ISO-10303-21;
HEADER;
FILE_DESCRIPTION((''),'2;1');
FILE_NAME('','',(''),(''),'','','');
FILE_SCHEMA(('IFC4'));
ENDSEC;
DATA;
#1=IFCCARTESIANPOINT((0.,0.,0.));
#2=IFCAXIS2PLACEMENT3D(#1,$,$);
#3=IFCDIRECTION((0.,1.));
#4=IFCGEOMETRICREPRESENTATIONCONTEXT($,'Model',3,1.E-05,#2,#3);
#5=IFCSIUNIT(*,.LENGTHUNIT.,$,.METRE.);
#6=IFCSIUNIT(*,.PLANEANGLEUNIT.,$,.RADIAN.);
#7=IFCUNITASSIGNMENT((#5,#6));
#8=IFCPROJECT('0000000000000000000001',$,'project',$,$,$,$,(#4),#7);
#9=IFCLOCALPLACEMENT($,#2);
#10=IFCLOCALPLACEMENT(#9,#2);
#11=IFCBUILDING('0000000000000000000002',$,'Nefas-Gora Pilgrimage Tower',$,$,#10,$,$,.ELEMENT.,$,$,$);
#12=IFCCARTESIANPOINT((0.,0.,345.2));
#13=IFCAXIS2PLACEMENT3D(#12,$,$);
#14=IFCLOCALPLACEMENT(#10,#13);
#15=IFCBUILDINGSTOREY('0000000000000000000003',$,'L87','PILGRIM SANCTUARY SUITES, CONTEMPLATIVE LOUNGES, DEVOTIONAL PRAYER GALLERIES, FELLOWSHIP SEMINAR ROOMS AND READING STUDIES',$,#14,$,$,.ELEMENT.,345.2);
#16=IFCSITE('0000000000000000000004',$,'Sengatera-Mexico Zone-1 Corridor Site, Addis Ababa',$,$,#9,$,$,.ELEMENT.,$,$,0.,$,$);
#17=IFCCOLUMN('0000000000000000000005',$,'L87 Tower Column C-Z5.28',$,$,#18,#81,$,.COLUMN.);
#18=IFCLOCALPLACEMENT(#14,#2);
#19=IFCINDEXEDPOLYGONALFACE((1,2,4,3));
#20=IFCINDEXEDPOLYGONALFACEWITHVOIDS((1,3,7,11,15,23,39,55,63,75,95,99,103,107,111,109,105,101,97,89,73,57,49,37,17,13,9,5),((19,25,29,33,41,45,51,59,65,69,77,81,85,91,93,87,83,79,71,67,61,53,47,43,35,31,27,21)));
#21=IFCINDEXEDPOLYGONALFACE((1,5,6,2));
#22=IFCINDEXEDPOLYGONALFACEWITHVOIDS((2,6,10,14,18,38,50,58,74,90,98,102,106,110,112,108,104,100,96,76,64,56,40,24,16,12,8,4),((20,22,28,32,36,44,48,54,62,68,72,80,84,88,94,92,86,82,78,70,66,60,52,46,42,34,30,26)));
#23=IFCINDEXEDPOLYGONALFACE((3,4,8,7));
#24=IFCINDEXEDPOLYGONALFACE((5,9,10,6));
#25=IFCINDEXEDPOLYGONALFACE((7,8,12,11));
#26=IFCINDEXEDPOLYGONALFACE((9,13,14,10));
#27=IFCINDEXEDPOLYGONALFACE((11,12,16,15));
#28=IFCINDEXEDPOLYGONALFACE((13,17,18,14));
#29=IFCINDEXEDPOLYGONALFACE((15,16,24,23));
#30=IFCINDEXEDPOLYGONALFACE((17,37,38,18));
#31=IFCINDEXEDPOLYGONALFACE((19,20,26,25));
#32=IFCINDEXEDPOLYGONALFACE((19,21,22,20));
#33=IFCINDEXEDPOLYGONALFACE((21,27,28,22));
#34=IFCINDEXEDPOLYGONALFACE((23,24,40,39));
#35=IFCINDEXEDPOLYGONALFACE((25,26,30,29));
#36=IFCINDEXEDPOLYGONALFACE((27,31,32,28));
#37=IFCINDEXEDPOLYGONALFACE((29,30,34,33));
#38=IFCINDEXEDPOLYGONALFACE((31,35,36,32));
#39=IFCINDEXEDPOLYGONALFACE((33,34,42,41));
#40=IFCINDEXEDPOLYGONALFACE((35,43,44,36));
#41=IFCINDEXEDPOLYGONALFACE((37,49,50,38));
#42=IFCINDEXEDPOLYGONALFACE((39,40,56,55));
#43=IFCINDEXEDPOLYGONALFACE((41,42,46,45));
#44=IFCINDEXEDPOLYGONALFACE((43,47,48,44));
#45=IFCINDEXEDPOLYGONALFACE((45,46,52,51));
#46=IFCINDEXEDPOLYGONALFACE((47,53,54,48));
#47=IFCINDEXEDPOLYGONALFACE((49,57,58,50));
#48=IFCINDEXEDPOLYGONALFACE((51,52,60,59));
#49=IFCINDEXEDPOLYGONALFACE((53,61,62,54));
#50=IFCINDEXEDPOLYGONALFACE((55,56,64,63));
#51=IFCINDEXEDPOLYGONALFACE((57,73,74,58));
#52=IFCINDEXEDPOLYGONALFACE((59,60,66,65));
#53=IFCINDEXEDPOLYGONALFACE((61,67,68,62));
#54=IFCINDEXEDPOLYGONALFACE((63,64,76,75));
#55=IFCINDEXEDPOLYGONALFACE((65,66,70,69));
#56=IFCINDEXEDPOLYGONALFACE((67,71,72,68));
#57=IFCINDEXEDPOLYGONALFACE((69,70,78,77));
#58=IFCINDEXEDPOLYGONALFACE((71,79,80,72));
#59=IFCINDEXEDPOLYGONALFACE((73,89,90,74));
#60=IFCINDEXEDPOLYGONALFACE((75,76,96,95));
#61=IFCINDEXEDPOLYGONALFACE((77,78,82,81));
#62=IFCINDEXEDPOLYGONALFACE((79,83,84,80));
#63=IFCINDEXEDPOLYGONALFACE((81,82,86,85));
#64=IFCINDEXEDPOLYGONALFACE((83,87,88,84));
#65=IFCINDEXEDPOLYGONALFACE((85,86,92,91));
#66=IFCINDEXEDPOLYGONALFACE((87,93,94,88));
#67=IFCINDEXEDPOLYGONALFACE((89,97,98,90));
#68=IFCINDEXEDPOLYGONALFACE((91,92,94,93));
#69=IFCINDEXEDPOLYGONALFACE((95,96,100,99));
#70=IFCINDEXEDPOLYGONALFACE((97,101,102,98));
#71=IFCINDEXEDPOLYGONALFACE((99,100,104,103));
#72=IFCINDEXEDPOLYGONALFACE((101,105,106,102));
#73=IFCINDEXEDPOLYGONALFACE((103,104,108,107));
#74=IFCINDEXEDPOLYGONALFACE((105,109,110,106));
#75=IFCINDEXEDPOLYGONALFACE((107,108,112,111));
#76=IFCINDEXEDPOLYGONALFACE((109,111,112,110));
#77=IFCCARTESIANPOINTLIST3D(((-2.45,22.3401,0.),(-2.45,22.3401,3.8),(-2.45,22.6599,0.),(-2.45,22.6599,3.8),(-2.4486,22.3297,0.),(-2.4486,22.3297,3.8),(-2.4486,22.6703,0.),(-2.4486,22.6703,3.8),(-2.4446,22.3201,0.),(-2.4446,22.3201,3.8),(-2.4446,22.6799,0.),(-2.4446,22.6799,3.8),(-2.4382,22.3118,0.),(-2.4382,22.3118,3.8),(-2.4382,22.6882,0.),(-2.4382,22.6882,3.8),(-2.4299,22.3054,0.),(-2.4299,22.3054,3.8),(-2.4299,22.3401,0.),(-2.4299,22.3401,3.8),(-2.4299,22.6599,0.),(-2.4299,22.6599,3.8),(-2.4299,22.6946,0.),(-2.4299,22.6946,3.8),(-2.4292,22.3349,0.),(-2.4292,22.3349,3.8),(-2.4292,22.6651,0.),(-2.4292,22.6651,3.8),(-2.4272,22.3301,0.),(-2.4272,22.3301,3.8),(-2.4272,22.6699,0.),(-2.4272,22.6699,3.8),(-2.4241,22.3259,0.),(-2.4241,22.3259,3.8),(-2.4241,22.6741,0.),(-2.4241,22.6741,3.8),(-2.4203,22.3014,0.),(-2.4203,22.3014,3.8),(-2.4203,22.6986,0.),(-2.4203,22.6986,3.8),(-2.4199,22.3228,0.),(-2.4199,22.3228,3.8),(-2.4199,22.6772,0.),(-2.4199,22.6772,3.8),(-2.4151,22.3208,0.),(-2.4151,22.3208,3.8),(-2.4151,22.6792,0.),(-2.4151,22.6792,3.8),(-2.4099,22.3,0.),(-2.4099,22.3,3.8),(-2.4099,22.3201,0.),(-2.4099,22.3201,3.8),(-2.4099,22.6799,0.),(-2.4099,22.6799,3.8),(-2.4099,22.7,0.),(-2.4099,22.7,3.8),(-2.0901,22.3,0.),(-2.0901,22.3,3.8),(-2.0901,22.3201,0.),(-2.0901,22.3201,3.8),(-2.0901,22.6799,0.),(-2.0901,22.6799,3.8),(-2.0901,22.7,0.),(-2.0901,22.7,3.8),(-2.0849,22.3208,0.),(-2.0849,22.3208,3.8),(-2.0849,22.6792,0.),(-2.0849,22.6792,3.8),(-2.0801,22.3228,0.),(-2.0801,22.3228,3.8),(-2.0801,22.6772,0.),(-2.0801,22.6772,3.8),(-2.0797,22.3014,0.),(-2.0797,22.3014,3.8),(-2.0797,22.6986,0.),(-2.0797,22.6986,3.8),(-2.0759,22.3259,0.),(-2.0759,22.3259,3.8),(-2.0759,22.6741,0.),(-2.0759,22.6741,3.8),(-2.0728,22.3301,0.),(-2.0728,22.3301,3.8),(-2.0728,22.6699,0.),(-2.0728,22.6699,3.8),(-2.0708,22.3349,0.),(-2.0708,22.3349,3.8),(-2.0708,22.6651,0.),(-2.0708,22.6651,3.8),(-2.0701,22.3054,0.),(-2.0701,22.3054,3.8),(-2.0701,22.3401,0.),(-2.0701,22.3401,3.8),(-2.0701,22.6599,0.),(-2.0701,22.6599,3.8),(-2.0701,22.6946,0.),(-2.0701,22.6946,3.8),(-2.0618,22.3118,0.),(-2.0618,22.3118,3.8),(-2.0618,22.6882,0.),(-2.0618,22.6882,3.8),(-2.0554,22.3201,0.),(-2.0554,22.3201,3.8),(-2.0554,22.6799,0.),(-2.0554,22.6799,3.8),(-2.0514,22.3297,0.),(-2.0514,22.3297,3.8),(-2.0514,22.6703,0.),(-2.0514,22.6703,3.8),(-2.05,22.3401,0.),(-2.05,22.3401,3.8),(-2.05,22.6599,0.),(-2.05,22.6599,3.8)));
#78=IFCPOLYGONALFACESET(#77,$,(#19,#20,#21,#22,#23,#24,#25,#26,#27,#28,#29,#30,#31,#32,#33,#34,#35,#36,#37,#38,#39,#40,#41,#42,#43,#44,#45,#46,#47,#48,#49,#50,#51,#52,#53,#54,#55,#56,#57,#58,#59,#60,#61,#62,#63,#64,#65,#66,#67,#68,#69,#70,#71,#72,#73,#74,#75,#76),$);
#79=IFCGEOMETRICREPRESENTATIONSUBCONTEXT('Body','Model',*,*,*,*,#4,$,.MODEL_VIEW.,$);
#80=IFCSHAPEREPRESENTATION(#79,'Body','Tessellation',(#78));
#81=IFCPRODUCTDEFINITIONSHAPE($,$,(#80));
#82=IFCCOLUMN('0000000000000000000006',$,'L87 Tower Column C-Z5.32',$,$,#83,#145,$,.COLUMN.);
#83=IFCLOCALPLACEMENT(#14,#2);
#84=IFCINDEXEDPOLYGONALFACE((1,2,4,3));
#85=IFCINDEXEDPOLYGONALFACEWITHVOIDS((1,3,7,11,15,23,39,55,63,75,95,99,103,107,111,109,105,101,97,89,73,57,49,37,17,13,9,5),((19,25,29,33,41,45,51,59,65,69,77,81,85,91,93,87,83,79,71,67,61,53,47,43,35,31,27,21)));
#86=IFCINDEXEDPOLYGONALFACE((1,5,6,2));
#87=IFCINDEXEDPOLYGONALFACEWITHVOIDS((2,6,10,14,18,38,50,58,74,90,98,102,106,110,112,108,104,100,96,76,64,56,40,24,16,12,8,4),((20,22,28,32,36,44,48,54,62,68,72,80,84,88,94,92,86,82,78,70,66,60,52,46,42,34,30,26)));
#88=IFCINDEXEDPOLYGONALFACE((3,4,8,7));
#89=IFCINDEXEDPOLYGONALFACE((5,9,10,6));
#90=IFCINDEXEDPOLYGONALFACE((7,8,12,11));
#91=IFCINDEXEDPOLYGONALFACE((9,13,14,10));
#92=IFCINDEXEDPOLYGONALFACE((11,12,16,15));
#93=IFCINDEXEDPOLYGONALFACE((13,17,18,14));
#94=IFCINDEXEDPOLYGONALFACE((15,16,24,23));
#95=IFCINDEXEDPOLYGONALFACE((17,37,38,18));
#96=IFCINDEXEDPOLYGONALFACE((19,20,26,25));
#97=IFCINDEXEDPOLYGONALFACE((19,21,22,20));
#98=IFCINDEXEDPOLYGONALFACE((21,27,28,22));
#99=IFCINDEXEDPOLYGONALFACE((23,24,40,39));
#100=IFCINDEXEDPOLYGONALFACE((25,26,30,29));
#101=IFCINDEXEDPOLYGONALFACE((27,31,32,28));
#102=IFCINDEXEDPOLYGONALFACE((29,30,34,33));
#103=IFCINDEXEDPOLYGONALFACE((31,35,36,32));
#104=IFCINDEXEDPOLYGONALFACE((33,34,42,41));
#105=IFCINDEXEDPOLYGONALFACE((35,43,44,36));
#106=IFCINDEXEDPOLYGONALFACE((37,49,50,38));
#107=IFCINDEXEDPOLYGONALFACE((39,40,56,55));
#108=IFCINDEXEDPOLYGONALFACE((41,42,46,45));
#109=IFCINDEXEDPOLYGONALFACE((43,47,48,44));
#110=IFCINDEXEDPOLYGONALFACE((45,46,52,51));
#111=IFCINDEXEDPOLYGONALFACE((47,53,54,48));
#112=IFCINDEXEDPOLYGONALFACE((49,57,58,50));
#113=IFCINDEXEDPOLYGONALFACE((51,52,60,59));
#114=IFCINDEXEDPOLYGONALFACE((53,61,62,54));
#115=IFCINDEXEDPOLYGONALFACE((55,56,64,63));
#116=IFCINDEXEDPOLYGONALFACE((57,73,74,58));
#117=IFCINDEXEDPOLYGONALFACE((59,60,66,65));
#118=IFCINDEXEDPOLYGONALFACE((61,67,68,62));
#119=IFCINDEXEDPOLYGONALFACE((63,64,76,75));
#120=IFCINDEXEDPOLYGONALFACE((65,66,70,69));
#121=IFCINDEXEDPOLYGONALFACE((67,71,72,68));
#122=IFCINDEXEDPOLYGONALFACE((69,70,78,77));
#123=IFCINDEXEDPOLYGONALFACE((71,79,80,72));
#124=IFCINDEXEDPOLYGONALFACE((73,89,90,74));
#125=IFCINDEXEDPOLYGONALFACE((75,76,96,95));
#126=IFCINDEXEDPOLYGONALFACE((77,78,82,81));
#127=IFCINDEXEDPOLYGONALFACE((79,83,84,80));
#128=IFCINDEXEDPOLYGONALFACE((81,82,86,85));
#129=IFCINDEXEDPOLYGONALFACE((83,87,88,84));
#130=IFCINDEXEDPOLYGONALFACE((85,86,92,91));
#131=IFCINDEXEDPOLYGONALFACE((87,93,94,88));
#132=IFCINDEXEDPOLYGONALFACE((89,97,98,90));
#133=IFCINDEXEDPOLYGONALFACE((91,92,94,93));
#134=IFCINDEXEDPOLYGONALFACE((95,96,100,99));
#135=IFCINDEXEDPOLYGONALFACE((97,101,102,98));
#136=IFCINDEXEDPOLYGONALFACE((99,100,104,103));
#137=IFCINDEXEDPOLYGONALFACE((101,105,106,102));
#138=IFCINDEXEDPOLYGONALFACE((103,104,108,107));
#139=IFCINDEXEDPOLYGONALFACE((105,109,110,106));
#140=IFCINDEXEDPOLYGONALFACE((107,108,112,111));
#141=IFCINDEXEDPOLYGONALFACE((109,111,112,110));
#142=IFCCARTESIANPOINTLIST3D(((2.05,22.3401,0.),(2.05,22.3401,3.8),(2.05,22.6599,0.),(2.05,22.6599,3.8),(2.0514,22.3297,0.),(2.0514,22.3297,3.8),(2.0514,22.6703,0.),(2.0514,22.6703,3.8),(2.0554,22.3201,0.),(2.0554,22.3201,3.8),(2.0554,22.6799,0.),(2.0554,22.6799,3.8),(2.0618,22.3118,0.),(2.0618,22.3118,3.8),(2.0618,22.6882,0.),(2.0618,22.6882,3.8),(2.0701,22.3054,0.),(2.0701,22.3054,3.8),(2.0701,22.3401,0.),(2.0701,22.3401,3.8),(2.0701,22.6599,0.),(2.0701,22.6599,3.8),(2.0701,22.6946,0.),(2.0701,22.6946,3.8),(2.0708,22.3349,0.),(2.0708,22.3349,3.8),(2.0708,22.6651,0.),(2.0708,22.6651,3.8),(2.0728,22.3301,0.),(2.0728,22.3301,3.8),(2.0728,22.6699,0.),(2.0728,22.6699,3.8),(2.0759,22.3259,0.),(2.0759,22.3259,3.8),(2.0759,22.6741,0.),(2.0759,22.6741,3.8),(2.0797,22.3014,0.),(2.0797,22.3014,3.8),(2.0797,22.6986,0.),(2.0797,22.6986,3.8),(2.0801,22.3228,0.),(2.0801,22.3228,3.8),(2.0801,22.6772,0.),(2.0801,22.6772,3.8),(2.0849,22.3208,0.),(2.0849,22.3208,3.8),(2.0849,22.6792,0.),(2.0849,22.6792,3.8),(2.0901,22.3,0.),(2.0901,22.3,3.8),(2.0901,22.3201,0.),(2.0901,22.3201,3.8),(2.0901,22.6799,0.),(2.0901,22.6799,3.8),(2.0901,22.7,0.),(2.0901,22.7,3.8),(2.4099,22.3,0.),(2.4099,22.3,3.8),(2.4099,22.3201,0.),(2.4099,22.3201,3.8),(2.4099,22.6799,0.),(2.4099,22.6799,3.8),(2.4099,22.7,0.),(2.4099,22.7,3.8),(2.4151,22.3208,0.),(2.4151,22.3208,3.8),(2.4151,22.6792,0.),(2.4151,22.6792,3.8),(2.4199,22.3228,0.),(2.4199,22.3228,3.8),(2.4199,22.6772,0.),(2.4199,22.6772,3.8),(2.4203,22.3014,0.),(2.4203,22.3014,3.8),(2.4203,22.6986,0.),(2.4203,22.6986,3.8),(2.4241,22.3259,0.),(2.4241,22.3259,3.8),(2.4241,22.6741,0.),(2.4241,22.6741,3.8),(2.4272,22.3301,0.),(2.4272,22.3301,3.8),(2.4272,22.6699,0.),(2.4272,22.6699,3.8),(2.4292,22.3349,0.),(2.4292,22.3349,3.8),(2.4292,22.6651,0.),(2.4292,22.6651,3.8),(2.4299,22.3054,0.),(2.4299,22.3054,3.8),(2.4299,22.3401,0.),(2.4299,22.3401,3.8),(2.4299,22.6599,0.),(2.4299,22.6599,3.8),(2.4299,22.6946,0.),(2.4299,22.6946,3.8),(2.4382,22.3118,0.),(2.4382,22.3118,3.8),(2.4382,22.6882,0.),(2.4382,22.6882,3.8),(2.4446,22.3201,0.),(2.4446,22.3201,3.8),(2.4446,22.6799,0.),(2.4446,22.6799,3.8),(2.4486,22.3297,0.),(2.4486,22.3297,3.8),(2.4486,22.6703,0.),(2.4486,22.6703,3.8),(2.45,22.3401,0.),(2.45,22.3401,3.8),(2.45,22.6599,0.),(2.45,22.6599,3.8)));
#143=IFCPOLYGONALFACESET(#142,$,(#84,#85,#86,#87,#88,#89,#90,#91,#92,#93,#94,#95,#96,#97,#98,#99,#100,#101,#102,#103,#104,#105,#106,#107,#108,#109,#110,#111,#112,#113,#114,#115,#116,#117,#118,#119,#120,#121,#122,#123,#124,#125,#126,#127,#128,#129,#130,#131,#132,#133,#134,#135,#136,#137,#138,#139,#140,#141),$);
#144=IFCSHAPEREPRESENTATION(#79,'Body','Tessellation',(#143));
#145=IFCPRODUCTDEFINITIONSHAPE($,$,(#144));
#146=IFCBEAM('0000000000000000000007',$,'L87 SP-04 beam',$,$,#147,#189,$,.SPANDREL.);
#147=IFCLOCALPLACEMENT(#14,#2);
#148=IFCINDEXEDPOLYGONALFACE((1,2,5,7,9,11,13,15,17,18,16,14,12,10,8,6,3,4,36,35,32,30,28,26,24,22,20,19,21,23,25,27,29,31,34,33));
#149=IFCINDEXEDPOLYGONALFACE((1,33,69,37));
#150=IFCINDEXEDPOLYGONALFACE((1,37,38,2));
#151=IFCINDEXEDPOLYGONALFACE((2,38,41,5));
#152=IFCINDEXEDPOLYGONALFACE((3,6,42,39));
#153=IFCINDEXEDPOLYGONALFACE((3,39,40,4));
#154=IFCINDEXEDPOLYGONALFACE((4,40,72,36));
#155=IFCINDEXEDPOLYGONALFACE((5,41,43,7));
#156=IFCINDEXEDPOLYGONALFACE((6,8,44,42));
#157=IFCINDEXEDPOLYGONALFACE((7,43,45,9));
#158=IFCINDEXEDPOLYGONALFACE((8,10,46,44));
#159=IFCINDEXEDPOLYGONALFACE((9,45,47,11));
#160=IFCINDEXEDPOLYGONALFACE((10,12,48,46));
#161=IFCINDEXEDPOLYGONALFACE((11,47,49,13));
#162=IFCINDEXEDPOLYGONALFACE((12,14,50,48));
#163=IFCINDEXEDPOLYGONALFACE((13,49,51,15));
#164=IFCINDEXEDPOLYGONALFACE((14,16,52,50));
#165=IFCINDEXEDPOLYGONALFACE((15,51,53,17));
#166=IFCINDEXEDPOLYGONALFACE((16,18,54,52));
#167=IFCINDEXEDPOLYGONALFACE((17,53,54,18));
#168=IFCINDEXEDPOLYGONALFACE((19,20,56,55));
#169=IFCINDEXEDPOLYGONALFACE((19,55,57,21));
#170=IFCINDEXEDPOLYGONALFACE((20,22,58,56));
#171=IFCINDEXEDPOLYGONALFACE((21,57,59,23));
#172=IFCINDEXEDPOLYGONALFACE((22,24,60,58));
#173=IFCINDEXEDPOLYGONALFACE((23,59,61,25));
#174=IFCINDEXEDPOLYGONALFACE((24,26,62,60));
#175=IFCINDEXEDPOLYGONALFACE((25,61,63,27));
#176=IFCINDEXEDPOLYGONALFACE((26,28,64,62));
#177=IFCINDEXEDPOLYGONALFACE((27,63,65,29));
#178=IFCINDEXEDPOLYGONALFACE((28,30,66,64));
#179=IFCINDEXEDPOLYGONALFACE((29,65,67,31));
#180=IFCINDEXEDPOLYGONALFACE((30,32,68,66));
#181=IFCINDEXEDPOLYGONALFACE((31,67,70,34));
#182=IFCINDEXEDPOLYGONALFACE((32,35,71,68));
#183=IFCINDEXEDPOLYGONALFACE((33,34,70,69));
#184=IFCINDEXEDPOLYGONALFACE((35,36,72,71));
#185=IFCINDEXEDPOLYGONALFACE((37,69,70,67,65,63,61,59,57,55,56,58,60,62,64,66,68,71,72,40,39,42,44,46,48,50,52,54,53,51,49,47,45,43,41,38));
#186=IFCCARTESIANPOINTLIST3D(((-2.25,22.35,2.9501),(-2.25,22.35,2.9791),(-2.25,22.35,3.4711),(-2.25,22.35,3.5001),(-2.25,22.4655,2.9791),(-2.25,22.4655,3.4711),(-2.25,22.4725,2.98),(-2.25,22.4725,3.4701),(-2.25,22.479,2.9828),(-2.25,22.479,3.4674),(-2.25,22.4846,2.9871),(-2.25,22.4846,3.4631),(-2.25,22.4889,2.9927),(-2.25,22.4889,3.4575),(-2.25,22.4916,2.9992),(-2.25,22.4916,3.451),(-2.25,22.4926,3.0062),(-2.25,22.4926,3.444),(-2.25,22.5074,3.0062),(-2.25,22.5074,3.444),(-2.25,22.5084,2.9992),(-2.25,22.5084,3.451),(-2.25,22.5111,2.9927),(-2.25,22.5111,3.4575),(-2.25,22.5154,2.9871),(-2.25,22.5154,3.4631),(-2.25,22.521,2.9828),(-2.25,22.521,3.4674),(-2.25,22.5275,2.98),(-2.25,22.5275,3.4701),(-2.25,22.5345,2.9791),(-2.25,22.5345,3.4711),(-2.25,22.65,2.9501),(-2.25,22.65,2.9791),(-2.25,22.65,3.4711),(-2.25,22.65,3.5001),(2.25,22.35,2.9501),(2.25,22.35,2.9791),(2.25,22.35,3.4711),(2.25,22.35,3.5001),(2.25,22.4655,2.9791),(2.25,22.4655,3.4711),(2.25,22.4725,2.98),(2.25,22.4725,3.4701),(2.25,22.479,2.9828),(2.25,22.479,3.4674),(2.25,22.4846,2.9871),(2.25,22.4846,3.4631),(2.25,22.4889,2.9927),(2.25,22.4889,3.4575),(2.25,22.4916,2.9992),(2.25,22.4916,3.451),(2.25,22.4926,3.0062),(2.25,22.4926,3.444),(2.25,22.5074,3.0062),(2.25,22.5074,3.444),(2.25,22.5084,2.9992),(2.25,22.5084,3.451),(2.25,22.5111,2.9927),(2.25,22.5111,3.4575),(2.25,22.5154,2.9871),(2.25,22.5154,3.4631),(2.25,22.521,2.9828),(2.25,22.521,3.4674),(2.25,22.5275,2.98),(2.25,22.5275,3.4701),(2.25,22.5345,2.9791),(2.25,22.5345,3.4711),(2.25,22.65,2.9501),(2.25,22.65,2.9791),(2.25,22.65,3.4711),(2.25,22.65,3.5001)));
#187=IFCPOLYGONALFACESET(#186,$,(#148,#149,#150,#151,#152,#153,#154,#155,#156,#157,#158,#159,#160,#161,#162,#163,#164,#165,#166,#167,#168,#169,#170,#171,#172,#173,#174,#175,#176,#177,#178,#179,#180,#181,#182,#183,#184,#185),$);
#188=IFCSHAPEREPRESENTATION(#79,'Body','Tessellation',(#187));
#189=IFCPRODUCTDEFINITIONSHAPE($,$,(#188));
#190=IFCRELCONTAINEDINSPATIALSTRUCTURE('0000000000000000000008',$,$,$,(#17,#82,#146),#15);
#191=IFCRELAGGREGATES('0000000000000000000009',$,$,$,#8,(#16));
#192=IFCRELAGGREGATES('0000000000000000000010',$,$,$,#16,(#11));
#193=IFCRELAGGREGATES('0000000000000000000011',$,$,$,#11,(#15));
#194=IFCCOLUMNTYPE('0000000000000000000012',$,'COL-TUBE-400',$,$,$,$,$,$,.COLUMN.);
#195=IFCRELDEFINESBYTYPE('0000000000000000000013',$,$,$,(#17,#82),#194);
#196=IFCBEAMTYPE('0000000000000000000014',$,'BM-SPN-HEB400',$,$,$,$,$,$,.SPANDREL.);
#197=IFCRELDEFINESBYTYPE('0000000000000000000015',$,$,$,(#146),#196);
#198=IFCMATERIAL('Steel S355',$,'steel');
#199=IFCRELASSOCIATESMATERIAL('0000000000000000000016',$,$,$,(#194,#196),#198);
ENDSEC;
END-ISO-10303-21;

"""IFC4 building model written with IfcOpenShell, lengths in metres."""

from ifc_helpers import new_model, si_unit, direction, frame, origin, origin_2d, place, context, subcontext, project, spatial, hollow_rectangle, i_section, extrude, source, transform, mapped, material, material_profile, profile_set, type_object, element, save


model = new_model("IFC4")

# Units and contexts
model_context = context("Model", 3, precision=1e-05, world=origin(), true_north=direction((0.0, 1.0)))
body_context = subcontext(model_context, "Body", "Model", "MODEL_VIEW")
ifc_project = project(units=[si_unit("LENGTHUNIT", "METRE"), si_unit("PLANEANGLEUNIT", "RADIAN")], contexts=[model_context])

# Site, building, storey
site_placement = place(None, origin())
site = spatial("IfcSite", under=ifc_project, at=site_placement, Name="Sengatera-Mexico Zone-1 Corridor Site, Addis Ababa", CompositionType="ELEMENT", RefElevation=0.0)
building_placement = place(site_placement, origin())
building = spatial("IfcBuilding", under=site, at=building_placement, Name="Nefas-Gora Pilgrimage Tower", CompositionType="ELEMENT")
storey_placement = place(building_placement, frame((0.0, 0.0, 345.2)))
storey = spatial("IfcBuildingStorey", under=building, at=storey_placement, Name="L87", Description="PILGRIM SANCTUARY SUITES, CONTEMPLATIVE LOUNGES, DEVOTIONAL PRAYER GALLERIES, FELLOWSHIP SEMINAR ROOMS AND READING STUDIES", CompositionType="ELEMENT", Elevation=345.2)

# Columns
ifc_material_1 = material(Name="Steel S355", Category="steel")
ifc_material_profile_1 = material_profile(ifc_material_1, hollow_rectangle(XDim=0.3999, YDim=0.3999, WallThickness=0.02, InnerFilletRadius=0.02, OuterFilletRadius=0.04, at=origin_2d()), Name="SHS 400x400x20")
ifc_profile_set_1 = profile_set([ifc_material_profile_1], Name="Steel S355")
column_type_1 = type_object("IfcColumnType", Name="COL-TUBE-400", PredefinedType="COLUMN", material=ifc_profile_set_1)
shared_shape_1 = source(origin(), body_context, "Body", "SweptSolid", [
    extrude(hollow_rectangle(XDim=0.3999, YDim=0.3999, WallThickness=0.02, InnerFilletRadius=0.02, OuterFilletRadius=0.04, at=origin_2d()), origin(), (0.0, 0.0, 1.0), 3.8),
])
for number, where, z_axis, x_axis, name in (
    (1, (-2.25, 22.5, 0.0), (0.0, 0.0, 1.0), (1.0, 0.0, 0.0), "L87 Tower Column C-Z5.28"),
    (2, (2.25, 22.5, 0.0), (0.0, 0.0, 1.0), (1.0, 0.0, 0.0), "L87 Tower Column C-Z5.32"),
):
    element("IfcColumn", number, at=place(storey_placement, frame(where, z_axis=z_axis, x_axis=x_axis)), inside=storey, type_object=column_type_1, Name=name, PredefinedType="COLUMN", context=body_context, shape_type="MappedRepresentation", body=[
        mapped(shared_shape_1, transform((0.0, 0.0, 0.0), x_axis=(1.0, 0.0, 0.0), y_axis=(0.0, 1.0, 0.0), z_axis=(0.0, 0.0, 1.0), scale=1.0)),
    ])

# Beam
ifc_material_profile_2 = material_profile(ifc_material_1, i_section(OverallWidth=0.3, OverallDepth=0.55, WebThickness=0.0149, FlangeThickness=0.0291, FilletRadius=0.0271, at=origin_2d()), Name="HEB 550")
ifc_profile_set_2 = profile_set([ifc_material_profile_2], Name="Steel S355")
beam_type_1 = type_object("IfcBeamType", Name="BM-SPN-HEB400", PredefinedType="SPANDREL", material=ifc_profile_set_2)
shared_shape_2 = source(origin(), body_context, "Body", "SweptSolid", [
    extrude(i_section(OverallWidth=0.3, OverallDepth=0.55, WebThickness=0.0149, FlangeThickness=0.0291, FilletRadius=0.0271, at=origin_2d()), origin(), (0.0, 0.0, 1.0), 4.5),
])
beam_placement = place(storey_placement, frame((-2.25, 22.5, 3.2251), z_axis=(1.0, 0.0, 0.0), x_axis=(0.0, 1.0, 0.0)))
element("IfcBeam", 3, at=beam_placement, inside=storey, type_object=beam_type_1, Name="L87 SP-04 beam", PredefinedType="SPANDREL", context=body_context, shape_type="MappedRepresentation", body=[
    mapped(shared_shape_2, transform((0.0, 0.0, 0.0), x_axis=(1.0, 0.0, 0.0), y_axis=(0.0, 1.0, 0.0), z_axis=(0.0, 0.0, 1.0), scale=1.0)),
])

save(model, "model.ifc")
